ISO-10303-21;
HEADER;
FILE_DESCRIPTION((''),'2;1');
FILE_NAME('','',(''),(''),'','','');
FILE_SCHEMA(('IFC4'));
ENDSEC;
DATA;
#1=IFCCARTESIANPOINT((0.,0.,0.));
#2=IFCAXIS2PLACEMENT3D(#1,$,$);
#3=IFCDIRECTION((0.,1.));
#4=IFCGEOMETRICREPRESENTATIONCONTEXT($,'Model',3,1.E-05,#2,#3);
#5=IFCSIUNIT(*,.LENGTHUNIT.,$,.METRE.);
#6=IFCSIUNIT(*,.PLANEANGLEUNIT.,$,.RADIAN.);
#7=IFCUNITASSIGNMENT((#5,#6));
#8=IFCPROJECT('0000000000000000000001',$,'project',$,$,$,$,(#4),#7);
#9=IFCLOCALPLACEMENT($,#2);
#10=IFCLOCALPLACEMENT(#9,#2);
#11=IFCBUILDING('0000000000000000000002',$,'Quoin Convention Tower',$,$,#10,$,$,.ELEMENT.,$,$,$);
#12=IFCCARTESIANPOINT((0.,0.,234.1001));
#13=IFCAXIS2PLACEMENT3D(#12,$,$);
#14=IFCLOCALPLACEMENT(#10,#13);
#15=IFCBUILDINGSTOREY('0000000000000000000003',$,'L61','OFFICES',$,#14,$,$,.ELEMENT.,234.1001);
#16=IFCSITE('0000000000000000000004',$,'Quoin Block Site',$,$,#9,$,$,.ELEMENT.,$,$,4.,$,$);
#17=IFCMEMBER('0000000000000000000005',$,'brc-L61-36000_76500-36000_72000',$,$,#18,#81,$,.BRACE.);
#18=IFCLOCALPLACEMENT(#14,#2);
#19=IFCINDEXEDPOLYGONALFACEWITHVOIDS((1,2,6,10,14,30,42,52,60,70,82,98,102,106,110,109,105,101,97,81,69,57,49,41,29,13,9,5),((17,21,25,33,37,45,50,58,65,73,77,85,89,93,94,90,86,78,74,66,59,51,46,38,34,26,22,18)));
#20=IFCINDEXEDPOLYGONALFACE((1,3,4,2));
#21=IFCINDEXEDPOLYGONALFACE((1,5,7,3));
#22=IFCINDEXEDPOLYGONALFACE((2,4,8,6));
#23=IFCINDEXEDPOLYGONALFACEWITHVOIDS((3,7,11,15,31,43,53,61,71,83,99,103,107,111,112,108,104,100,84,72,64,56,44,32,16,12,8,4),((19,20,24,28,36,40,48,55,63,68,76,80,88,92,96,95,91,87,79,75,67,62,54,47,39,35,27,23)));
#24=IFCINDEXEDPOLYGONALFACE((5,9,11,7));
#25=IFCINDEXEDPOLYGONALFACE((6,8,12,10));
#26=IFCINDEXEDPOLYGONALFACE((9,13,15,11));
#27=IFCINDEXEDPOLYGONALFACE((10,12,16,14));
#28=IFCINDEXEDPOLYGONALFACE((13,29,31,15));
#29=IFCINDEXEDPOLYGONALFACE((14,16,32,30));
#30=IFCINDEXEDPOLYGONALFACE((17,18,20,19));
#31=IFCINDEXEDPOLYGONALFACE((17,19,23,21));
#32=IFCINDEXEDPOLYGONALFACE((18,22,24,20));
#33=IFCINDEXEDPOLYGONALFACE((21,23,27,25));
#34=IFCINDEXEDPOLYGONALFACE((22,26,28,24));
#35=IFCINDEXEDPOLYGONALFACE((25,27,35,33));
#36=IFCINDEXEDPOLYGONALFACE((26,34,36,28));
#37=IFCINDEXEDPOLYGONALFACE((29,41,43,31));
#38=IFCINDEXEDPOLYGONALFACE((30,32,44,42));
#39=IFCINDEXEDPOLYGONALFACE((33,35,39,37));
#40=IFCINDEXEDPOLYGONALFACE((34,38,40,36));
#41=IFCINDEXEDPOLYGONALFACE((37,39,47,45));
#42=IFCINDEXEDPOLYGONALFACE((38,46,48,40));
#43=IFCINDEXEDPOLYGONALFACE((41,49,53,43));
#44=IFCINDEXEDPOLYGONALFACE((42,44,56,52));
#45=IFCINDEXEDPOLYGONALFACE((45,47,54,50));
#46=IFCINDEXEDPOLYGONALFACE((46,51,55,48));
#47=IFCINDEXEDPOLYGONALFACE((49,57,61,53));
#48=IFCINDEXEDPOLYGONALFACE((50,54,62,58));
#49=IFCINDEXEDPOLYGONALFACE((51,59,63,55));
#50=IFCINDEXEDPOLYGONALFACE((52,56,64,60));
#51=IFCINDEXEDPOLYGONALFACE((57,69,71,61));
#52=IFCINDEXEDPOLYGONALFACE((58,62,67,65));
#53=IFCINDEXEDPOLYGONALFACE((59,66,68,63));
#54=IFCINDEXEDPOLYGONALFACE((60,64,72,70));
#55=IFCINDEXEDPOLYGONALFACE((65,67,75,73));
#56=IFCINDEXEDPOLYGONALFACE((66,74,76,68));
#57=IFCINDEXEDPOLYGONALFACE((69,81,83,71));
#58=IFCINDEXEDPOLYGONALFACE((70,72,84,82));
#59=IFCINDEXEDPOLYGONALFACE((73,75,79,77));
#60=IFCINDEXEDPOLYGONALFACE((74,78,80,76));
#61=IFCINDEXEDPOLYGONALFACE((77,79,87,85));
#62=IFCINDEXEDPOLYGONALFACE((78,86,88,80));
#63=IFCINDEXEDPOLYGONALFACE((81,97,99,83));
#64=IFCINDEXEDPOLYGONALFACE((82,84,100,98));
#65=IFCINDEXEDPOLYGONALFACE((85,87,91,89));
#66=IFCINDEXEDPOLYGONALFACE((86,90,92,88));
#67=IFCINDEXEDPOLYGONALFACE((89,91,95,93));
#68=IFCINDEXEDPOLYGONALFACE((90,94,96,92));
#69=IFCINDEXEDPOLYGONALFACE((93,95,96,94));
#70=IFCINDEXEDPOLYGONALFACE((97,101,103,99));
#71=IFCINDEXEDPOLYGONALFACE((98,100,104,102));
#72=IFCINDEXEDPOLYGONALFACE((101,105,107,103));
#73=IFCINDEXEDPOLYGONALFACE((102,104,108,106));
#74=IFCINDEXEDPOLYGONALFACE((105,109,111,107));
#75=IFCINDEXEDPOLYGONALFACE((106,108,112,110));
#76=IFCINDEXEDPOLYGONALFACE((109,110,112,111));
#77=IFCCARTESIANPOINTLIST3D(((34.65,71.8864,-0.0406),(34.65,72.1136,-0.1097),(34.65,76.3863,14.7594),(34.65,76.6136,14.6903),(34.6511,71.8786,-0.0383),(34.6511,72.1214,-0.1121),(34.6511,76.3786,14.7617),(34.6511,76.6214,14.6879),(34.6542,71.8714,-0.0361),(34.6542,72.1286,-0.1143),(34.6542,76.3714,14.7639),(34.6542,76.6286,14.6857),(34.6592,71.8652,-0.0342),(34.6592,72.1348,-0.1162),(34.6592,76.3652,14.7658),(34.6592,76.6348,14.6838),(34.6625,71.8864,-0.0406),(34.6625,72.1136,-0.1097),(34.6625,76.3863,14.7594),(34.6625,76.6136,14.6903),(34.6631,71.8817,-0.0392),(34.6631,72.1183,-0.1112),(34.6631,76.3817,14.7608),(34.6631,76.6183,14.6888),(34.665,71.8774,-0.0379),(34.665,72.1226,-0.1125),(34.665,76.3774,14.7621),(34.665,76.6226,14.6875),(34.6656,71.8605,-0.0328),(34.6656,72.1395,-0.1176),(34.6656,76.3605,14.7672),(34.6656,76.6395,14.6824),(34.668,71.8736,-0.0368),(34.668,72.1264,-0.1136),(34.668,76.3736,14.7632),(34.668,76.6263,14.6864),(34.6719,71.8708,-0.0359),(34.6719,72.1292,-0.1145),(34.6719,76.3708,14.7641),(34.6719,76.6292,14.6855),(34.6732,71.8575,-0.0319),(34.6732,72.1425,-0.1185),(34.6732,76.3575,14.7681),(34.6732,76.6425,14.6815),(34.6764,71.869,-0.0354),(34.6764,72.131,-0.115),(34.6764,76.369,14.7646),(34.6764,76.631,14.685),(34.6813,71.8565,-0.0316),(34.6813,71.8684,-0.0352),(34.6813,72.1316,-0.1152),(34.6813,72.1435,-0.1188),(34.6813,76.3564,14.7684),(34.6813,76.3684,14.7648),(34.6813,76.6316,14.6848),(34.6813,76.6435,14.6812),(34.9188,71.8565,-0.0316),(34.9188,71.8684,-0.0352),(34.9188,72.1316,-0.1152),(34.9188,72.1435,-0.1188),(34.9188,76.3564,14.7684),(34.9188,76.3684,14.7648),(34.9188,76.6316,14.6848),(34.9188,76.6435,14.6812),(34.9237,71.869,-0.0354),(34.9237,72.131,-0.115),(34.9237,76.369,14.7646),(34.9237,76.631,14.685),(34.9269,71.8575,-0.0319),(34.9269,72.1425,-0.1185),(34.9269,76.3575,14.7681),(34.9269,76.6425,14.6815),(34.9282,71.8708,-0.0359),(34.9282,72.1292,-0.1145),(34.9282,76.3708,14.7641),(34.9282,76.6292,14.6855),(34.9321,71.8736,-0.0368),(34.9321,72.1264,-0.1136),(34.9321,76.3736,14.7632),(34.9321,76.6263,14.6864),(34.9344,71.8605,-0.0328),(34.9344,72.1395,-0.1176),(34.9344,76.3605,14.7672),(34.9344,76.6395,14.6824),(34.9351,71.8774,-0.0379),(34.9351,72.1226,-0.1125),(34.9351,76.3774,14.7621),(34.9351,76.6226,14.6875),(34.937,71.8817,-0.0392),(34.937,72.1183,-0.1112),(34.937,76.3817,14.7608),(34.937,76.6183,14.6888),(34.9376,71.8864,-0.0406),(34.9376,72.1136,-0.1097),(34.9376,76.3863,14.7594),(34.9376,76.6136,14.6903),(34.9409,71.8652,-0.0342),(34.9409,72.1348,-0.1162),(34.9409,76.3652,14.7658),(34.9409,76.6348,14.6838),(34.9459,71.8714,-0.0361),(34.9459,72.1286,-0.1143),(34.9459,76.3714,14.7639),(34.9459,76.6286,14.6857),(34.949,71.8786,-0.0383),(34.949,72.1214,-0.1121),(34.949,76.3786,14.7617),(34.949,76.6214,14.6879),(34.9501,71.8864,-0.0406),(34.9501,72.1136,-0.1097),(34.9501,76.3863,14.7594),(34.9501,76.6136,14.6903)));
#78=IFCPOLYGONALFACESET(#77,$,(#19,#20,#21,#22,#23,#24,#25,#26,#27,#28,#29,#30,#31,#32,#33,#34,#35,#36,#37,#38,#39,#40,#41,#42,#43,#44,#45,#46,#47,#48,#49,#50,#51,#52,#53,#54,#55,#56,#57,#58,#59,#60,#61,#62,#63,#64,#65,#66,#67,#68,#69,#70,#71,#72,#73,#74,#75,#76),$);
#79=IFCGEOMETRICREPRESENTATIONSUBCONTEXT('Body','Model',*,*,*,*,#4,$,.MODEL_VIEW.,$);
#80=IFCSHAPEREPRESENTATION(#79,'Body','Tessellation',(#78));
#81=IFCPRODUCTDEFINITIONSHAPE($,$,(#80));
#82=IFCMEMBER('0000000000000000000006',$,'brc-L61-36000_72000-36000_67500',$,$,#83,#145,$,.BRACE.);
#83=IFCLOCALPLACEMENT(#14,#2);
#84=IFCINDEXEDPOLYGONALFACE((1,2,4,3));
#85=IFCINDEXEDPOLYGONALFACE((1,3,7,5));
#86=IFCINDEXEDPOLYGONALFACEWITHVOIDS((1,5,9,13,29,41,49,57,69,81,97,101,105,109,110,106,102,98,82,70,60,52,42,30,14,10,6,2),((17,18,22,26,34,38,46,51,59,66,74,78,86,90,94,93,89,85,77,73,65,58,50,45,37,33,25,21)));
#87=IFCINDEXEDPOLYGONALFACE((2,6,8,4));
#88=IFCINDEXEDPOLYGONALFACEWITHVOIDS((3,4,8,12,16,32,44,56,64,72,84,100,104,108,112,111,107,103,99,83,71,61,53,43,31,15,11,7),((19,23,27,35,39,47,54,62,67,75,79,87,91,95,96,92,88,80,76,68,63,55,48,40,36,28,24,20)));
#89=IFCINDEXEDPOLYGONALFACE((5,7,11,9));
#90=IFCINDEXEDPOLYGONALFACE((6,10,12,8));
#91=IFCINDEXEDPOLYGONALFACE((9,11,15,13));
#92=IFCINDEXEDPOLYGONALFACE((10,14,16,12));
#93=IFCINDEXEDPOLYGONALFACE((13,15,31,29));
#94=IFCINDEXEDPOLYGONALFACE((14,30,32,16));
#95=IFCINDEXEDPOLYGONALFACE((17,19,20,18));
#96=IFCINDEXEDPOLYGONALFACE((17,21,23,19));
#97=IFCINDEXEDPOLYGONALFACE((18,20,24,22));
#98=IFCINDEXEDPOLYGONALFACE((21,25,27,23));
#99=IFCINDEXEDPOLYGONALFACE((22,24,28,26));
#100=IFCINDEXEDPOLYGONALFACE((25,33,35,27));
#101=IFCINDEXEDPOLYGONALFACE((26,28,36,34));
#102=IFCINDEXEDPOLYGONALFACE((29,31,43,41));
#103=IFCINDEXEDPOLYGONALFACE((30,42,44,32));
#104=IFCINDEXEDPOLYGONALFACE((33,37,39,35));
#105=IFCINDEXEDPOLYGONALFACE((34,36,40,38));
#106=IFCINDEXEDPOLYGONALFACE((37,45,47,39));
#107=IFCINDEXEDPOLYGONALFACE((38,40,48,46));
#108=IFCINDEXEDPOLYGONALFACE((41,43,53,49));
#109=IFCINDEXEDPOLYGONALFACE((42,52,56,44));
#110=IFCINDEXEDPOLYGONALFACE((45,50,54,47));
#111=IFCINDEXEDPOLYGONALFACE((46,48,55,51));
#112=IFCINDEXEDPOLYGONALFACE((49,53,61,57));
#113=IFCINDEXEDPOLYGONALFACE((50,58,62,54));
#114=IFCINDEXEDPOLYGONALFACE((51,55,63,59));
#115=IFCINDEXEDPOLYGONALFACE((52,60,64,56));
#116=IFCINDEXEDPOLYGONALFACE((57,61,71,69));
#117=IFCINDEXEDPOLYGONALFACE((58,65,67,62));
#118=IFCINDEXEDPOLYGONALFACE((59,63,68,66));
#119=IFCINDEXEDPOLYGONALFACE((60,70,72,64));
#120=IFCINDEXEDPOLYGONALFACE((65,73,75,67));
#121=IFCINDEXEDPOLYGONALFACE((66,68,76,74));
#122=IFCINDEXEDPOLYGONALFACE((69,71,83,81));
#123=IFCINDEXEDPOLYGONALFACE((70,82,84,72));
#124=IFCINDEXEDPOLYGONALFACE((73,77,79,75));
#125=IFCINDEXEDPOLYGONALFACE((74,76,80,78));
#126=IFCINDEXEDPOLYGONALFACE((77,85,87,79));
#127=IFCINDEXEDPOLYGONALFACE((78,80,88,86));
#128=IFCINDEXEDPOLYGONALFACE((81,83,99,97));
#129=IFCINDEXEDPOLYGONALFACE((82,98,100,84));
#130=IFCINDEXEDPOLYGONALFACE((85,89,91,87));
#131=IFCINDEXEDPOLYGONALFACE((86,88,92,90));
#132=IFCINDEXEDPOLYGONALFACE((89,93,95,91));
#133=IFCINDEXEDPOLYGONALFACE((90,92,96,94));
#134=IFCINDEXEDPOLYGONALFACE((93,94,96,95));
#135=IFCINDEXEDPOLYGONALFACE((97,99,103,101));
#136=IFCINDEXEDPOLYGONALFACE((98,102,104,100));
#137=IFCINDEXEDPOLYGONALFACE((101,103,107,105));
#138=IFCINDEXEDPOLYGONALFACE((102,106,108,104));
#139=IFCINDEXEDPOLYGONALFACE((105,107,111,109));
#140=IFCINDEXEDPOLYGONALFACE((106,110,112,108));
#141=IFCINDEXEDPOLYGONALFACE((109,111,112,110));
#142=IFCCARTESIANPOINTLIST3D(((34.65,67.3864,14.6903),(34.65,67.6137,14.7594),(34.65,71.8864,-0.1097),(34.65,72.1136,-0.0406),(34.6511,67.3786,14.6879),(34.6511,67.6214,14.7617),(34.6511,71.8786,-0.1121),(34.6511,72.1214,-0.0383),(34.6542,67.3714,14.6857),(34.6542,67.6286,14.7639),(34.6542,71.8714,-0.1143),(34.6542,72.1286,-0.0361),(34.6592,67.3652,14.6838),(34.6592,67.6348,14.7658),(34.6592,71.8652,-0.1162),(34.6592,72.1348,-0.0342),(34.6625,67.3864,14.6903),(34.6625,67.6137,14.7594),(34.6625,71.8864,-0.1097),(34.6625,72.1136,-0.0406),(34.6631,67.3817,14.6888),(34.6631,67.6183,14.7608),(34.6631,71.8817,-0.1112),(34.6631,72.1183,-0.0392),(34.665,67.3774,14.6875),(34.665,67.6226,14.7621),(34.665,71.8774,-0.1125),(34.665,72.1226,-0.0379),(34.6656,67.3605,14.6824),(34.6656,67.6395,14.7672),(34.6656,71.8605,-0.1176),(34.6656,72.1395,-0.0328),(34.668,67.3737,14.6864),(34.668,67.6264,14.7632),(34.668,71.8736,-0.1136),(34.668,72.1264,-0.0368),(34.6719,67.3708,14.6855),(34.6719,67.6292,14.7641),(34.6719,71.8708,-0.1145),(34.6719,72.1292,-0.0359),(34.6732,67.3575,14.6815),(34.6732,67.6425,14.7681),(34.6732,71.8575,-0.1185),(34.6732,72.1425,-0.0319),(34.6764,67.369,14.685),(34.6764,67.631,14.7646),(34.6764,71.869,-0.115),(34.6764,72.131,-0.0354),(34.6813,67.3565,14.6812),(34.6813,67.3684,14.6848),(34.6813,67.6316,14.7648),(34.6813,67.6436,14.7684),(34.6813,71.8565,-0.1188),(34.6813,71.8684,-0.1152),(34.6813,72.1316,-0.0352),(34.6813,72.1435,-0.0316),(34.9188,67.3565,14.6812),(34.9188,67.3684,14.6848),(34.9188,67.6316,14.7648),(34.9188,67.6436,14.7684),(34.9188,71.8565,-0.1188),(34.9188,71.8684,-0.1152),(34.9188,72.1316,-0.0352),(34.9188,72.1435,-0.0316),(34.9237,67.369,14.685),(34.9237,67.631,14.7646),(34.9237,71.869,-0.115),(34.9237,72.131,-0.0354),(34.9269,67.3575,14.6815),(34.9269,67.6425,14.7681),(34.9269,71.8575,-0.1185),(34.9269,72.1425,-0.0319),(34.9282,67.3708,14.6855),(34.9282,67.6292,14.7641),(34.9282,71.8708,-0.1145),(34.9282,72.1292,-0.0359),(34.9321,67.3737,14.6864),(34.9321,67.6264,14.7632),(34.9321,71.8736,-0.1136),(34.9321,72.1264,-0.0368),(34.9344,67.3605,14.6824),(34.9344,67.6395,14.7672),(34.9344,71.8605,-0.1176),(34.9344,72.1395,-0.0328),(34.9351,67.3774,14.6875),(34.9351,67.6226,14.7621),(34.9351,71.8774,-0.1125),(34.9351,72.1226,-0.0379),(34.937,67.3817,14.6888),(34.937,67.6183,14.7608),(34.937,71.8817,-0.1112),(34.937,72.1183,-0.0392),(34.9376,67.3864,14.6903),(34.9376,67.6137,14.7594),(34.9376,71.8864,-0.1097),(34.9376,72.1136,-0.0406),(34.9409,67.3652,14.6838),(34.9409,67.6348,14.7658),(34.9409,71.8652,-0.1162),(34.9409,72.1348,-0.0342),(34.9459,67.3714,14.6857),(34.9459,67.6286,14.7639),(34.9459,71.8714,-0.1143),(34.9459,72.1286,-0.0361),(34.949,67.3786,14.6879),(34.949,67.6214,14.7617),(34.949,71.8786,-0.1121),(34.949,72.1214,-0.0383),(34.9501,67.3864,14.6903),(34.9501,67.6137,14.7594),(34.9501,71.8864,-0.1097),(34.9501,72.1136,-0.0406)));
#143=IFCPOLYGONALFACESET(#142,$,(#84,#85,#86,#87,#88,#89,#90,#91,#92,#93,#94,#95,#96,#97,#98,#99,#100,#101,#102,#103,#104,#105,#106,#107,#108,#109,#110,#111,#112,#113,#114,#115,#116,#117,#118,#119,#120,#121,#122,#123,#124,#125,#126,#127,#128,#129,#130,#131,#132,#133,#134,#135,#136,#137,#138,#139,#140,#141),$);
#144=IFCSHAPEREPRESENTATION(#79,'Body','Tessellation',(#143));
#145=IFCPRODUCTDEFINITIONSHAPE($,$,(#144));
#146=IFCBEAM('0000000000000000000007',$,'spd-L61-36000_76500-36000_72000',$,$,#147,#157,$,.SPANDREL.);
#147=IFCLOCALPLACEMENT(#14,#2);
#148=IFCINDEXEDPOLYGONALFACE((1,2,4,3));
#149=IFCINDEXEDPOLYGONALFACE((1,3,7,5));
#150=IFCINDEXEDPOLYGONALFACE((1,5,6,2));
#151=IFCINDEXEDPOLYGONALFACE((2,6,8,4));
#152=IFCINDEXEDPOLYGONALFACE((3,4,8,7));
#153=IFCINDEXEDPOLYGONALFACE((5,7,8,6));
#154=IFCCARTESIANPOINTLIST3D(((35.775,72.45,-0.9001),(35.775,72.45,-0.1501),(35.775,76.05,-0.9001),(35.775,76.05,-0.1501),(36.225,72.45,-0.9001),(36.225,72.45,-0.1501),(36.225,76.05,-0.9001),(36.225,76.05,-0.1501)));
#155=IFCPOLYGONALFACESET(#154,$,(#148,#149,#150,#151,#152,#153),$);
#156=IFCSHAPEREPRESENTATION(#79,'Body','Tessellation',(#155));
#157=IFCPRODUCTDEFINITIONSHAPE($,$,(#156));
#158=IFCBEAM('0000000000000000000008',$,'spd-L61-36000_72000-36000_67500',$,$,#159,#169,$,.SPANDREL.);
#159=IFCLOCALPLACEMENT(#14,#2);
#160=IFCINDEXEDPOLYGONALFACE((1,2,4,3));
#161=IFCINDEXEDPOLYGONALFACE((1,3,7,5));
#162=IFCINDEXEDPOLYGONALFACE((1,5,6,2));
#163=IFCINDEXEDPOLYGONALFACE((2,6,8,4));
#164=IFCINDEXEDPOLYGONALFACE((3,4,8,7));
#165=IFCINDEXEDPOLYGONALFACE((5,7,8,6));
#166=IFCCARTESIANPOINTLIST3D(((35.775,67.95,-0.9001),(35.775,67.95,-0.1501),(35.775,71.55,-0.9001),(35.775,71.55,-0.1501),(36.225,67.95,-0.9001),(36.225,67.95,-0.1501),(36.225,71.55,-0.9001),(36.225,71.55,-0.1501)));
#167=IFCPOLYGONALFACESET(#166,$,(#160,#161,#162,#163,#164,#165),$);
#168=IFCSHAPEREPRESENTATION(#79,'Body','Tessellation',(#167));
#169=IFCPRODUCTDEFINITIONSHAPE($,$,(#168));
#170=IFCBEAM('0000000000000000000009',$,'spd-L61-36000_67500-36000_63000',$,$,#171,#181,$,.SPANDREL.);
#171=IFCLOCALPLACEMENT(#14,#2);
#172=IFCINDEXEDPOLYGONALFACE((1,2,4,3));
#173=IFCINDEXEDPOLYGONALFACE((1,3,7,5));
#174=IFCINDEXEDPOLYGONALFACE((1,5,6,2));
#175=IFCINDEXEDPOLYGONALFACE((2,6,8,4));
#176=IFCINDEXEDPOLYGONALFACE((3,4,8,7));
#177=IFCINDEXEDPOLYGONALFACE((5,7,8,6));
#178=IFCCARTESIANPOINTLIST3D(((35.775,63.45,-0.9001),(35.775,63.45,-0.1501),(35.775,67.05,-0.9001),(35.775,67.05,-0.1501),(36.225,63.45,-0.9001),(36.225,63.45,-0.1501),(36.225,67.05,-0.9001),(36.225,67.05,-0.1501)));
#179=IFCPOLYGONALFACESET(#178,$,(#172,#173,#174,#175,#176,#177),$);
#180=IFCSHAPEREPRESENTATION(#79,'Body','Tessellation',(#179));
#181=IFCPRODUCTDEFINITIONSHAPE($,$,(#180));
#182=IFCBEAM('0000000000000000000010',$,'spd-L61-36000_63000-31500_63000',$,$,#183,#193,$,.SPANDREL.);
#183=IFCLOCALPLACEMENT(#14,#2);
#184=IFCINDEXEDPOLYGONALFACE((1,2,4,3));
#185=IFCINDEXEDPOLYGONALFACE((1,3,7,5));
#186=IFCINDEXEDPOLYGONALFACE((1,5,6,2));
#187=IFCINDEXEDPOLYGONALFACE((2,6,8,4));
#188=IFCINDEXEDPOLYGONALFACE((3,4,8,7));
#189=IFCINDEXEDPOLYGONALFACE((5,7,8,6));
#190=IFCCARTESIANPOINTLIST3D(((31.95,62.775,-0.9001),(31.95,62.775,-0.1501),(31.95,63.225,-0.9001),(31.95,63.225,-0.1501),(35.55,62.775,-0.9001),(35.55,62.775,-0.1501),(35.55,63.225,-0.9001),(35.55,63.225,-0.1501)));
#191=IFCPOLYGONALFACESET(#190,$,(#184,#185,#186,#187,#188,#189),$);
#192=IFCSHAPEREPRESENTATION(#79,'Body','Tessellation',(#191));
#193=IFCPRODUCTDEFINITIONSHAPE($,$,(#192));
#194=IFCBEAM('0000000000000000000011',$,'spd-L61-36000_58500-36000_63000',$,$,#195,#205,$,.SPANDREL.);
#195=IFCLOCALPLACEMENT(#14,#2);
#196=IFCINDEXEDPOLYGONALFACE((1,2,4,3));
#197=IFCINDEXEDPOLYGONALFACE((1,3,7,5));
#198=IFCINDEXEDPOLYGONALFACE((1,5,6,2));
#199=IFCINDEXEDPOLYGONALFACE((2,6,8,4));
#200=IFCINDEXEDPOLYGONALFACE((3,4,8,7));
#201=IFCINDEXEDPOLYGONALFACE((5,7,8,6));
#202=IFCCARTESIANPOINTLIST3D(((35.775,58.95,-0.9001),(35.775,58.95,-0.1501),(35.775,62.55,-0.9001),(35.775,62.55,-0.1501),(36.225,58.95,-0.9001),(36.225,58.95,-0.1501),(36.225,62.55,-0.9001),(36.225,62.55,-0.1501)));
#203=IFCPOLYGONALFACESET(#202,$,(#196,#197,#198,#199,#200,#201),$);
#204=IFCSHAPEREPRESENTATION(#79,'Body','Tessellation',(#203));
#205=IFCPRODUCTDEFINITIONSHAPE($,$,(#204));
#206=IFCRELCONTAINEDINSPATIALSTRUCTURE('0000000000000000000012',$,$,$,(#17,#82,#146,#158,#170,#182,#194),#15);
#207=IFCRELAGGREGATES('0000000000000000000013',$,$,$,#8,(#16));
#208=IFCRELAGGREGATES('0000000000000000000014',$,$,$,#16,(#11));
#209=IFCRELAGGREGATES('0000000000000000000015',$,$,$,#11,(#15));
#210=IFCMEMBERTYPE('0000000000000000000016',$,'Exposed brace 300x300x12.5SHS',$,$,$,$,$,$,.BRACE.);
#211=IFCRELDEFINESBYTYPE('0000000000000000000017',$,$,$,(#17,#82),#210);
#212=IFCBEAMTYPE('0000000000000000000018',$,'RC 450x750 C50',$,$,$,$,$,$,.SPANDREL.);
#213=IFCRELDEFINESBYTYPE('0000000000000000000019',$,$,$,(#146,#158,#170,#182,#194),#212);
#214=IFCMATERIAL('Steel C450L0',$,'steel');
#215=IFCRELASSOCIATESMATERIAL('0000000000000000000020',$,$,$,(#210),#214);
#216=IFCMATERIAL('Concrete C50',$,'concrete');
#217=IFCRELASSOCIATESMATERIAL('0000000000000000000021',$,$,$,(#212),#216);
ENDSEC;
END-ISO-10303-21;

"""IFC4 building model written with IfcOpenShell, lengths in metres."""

from ifc_helpers import new_model, si_unit, direction, frame, origin, origin_2d, place, context, subcontext, project, spatial, rectangle, hollow_rectangle, extrude, material, material_profile, profile_set, type_object, element, save


model = new_model("IFC4")

# Units and contexts
model_context = context("Model", 3, precision=1e-05, world=origin(), true_north=direction((0.0, 1.0)))
body_context = subcontext(model_context, "Body", "Model", "MODEL_VIEW")
ifc_project = project(units=[si_unit("LENGTHUNIT", "METRE"), si_unit("PLANEANGLEUNIT", "RADIAN")], contexts=[model_context])

# Site, building, storey
site_placement = place(None, origin())
site = spatial("IfcSite", under=ifc_project, at=site_placement, Name="Quoin Block Site", CompositionType="ELEMENT", RefElevation=4.0)
building_placement = place(site_placement, origin())
building = spatial("IfcBuilding", under=site, at=building_placement, Name="Quoin Convention Tower", CompositionType="ELEMENT")
storey_placement = place(building_placement, frame((0.0, 0.0, 234.1001)))
storey = spatial("IfcBuildingStorey", under=building, at=storey_placement, Name="L61", Description="OFFICES", CompositionType="ELEMENT", Elevation=234.1001)

# Shared definitions
ifc_material_1 = material(Name="Concrete C50", Category="concrete")

# Members
ifc_material_2 = material(Name="Steel C450L0", Category="steel")
ifc_material_profile_1 = material_profile(ifc_material_2, hollow_rectangle(XDim=0.3, YDim=0.3, WallThickness=0.0125, InnerFilletRadius=0.0188, OuterFilletRadius=0.0312, at=origin_2d()), Name="300x300x12.5SHS")
ifc_profile_set_1 = profile_set([ifc_material_profile_1], Name="Steel C450L0")
member_type = type_object("IfcMemberType", Name="Exposed brace 300x300x12.5SHS", PredefinedType="BRACE", material=ifc_profile_set_1)
for number, where, z_axis, x_axis, name in (
    (1, (34.8, 72.0, -0.0752), (0.0, 0.290903, 0.956752), (-1.0, 0.0, 0.0), "brc-L61-36000_76500-36000_72000"),
    (2, (34.8, 72.0, -0.0752), (0.0, -0.290903, 0.956752), (1.0, 0.0, 0.0), "brc-L61-36000_72000-36000_67500"),
):
    element("IfcMember", number, at=place(storey_placement, frame(where, z_axis=z_axis, x_axis=x_axis)), inside=storey, type_object=member_type, Name=name, PredefinedType="BRACE", context=body_context, shape_type="SweptSolid", body=[
        extrude(hollow_rectangle(XDim=0.3, YDim=0.3, WallThickness=0.0125, InnerFilletRadius=0.0188, OuterFilletRadius=0.0312, at=origin_2d()), origin(), (0.0, 0.0, 1.0), 15.469),
    ])

# Beams
ifc_material_profile_2 = material_profile(ifc_material_1, rectangle(XDim=0.45, YDim=0.75, at=origin_2d()), Name="RC 450x750")
ifc_profile_set_2 = profile_set([ifc_material_profile_2], Name="Concrete C50")
beam_type_1 = type_object("IfcBeamType", Name="RC 450x750 C50", PredefinedType="SPANDREL", material=ifc_profile_set_2)
for number, where, z_axis, x_axis, name in (
    (3, (36.0, 76.05, -0.5251), (0.0, -1.0, 0.0), (1.0, 0.0, 0.0), "spd-L61-36000_76500-36000_72000"),
    (4, (36.0, 71.55, -0.5251), (0.0, -1.0, 0.0), (1.0, 0.0, 0.0), "spd-L61-36000_72000-36000_67500"),
    (5, (36.0, 67.05, -0.5251), (0.0, -1.0, 0.0), (1.0, 0.0, 0.0), "spd-L61-36000_67500-36000_63000"),
    (6, (35.55, 63.0, -0.5251), (-1.0, 0.0, 0.0), (0.0, -1.0, 0.0), "spd-L61-36000_63000-31500_63000"),
    (7, (36.0, 58.95, -0.5251), (0.0, 1.0, 0.0), (-1.0, 0.0, 0.0), "spd-L61-36000_58500-36000_63000"),
):
    element("IfcBeam", number, at=place(storey_placement, frame(where, z_axis=z_axis, x_axis=x_axis)), inside=storey, type_object=beam_type_1, Name=name, PredefinedType="SPANDREL", context=body_context, shape_type="SweptSolid", body=[
        extrude(rectangle(XDim=0.45, YDim=0.75, at=origin_2d()), origin(), (0.0, 0.0, 1.0), 3.6001),
    ])

save(model, "model.ifc")
